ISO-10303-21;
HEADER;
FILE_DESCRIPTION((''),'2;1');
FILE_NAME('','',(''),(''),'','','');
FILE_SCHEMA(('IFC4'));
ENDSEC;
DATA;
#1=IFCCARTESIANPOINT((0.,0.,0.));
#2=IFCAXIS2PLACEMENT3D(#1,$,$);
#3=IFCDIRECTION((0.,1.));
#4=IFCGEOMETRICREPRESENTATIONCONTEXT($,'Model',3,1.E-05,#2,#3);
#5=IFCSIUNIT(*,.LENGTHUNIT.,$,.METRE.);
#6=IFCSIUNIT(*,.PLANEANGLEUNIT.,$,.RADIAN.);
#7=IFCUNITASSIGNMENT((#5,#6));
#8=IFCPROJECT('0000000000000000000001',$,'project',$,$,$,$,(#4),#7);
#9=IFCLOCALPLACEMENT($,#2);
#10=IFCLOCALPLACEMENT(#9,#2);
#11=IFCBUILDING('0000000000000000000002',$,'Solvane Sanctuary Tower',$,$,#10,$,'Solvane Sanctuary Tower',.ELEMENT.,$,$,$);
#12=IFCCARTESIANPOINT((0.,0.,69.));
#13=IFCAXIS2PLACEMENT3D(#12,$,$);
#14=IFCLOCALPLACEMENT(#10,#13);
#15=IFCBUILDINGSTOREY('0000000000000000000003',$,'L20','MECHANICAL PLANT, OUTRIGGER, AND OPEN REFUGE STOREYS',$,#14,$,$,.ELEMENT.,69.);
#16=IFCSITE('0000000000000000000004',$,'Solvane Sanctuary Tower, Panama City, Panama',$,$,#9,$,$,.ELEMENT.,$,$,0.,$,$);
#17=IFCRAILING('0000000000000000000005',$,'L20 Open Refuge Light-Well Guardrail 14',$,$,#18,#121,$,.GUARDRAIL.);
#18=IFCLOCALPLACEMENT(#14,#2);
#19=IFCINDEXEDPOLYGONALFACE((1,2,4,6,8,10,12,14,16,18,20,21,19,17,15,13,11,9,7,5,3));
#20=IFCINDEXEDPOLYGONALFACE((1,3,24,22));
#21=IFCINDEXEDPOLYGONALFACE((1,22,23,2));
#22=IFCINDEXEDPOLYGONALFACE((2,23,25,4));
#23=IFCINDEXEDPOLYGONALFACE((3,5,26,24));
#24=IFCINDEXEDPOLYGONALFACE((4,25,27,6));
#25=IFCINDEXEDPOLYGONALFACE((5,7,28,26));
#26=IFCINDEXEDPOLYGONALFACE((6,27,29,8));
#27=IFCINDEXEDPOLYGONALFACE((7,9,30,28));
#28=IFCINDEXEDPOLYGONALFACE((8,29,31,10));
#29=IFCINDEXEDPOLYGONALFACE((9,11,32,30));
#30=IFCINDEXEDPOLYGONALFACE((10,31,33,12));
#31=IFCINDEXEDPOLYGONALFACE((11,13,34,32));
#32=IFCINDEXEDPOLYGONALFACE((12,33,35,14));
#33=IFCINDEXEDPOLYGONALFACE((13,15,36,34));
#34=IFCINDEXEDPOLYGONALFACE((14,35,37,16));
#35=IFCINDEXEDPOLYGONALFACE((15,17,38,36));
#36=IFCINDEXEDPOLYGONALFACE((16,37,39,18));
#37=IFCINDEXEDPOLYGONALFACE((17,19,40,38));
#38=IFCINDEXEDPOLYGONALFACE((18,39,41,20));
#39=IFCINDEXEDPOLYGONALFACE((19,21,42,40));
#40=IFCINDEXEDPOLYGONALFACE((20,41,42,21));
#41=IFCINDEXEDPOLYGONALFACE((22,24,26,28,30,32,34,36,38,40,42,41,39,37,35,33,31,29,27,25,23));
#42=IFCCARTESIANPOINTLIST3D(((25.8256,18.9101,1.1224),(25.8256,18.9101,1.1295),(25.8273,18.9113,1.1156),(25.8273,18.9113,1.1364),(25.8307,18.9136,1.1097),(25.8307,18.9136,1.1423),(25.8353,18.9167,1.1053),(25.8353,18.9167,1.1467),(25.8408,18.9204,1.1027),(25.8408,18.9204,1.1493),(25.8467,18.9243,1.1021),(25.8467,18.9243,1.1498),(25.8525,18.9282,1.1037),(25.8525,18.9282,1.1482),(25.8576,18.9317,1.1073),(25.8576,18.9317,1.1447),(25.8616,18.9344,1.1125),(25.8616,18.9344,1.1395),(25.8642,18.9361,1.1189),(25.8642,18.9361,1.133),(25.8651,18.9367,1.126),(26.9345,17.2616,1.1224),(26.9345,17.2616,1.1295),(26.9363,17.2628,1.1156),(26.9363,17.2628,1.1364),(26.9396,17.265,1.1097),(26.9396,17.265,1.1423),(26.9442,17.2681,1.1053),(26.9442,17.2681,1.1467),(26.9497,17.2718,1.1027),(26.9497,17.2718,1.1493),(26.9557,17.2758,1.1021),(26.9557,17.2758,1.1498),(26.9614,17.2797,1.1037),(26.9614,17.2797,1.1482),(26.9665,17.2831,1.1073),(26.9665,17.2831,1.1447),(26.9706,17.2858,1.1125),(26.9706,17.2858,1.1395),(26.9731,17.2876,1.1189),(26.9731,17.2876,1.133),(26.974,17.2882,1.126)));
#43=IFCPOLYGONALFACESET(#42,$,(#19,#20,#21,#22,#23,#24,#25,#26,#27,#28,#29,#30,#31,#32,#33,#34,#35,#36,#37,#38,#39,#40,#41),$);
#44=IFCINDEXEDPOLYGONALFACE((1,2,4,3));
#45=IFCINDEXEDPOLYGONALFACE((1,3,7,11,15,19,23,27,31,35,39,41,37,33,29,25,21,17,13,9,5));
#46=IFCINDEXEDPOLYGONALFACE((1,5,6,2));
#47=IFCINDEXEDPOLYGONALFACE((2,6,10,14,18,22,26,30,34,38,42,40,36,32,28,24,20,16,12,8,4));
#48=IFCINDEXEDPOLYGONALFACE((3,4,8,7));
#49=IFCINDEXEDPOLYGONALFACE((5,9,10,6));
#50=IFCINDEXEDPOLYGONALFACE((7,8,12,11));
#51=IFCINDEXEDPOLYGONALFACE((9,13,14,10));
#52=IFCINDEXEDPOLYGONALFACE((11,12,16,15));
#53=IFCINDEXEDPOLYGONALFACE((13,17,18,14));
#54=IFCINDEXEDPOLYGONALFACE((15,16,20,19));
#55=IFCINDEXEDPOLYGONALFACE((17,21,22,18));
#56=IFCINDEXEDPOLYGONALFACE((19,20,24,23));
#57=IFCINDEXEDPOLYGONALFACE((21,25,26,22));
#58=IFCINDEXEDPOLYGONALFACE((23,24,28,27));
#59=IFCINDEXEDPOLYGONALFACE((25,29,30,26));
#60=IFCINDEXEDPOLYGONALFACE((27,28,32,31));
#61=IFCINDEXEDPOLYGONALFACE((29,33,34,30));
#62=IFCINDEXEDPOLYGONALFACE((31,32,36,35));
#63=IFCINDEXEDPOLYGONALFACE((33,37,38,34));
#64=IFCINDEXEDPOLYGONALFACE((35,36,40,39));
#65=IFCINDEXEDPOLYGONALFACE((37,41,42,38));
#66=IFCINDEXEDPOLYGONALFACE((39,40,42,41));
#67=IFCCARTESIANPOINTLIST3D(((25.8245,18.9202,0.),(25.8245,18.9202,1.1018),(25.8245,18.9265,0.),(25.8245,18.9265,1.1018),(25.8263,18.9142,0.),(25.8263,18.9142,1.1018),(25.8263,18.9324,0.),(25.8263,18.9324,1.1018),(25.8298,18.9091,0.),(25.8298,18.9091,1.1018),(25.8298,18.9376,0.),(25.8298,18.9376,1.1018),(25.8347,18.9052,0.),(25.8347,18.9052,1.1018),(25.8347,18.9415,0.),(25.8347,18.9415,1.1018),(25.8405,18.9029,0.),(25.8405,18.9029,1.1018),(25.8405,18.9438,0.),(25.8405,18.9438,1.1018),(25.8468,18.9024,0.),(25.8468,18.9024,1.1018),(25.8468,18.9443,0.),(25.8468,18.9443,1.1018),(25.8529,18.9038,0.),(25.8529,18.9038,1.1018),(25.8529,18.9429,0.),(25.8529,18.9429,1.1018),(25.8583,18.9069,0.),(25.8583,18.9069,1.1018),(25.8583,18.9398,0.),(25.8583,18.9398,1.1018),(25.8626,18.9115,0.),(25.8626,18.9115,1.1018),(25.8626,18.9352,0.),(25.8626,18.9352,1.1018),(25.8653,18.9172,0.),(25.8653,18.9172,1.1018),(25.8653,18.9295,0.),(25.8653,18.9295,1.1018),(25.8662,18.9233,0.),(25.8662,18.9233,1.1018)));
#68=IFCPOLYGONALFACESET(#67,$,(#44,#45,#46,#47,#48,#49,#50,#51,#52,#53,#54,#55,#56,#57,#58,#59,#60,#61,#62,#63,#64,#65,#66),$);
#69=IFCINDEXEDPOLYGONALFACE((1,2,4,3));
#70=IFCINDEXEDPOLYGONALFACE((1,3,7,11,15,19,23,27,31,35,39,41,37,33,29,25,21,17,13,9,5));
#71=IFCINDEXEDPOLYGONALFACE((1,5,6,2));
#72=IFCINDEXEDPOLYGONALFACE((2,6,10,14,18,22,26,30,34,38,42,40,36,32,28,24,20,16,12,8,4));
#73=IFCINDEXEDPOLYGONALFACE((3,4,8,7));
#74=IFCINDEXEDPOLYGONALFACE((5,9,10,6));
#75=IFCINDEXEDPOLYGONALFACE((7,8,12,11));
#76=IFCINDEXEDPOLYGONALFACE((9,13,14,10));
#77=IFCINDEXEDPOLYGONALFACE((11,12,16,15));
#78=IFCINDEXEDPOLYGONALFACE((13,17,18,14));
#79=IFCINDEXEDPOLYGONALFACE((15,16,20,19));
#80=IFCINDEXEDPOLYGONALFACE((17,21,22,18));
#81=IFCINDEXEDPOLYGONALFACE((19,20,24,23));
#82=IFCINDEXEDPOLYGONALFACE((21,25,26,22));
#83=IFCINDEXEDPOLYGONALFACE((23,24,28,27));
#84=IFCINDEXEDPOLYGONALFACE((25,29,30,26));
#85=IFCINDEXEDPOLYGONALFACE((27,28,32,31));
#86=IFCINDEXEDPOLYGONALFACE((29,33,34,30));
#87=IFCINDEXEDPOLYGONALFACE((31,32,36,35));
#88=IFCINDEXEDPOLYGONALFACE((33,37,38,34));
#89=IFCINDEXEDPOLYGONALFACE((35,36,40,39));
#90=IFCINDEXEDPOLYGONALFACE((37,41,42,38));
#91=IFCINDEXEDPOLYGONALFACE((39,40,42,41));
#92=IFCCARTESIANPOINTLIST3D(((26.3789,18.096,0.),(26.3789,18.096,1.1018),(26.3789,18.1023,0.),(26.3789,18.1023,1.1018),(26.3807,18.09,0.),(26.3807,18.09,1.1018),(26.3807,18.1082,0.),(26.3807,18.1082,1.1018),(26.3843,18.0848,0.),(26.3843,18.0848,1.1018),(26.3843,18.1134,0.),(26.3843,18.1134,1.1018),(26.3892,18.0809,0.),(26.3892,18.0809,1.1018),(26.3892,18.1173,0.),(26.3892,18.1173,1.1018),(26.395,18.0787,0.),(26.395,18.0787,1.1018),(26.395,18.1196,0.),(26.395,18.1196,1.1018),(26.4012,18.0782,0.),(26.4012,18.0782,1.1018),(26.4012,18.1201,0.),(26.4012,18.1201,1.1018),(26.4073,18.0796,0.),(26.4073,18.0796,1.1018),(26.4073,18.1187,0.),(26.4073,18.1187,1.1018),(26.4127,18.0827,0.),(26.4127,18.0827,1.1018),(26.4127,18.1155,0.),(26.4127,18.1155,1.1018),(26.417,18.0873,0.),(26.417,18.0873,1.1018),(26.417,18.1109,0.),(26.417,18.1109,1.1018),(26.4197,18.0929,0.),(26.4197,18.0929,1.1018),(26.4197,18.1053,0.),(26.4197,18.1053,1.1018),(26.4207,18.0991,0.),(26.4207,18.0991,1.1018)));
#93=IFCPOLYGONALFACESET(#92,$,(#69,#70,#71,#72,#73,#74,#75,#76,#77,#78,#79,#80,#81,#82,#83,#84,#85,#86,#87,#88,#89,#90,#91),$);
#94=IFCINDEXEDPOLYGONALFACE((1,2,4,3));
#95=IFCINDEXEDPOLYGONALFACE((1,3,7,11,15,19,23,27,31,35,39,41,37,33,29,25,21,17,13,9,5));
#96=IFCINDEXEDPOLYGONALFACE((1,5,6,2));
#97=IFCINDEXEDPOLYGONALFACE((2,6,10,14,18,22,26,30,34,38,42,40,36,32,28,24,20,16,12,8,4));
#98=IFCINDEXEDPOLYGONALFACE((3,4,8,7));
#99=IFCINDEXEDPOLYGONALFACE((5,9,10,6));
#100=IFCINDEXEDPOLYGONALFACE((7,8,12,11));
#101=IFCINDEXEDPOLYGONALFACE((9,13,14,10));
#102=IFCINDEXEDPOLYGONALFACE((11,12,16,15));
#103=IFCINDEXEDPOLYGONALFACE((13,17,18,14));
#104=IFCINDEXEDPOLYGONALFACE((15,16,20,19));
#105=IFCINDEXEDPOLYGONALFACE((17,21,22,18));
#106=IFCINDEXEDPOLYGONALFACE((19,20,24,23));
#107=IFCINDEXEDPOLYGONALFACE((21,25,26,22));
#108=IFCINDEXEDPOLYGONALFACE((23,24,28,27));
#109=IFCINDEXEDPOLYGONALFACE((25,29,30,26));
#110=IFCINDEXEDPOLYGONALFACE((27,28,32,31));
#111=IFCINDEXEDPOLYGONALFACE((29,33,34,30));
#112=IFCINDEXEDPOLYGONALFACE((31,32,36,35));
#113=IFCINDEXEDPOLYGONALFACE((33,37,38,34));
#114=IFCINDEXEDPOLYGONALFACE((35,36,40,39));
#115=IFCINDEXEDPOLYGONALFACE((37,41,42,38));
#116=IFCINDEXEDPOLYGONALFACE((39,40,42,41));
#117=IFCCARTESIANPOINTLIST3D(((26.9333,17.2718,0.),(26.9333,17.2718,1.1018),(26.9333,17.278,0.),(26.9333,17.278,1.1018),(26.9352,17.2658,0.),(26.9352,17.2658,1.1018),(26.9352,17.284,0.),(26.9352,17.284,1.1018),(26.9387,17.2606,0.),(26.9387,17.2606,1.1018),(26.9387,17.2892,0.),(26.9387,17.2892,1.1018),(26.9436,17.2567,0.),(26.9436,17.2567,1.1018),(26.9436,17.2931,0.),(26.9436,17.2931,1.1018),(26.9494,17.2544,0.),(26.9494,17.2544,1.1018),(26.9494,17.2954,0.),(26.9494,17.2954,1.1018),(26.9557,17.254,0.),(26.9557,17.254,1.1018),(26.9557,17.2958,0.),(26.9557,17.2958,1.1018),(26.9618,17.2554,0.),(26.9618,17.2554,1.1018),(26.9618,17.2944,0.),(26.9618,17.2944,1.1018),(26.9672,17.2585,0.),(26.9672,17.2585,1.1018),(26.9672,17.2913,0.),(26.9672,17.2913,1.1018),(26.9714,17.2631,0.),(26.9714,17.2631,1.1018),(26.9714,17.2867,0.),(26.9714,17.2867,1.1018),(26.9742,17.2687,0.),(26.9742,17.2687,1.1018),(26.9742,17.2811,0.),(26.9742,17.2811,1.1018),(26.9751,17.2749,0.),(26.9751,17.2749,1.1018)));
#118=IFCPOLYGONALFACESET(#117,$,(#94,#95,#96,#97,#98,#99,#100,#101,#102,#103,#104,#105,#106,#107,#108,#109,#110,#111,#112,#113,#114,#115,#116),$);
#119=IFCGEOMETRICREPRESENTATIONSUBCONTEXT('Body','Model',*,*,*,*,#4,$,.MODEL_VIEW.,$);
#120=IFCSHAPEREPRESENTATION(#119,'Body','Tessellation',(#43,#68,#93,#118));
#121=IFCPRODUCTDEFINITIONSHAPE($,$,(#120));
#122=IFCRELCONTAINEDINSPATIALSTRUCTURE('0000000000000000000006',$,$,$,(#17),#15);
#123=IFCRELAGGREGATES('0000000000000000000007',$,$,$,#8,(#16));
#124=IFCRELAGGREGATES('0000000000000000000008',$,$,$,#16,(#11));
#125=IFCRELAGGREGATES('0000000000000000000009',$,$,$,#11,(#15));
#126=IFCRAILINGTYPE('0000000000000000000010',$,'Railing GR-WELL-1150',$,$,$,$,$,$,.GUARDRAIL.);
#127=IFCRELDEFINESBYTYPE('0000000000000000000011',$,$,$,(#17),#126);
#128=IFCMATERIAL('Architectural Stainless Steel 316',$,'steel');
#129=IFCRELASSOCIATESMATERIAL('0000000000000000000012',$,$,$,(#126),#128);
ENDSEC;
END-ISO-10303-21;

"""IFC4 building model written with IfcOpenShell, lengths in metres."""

from ifc_helpers import new_model, si_unit, direction, frame, origin, origin_2d, place, context, subcontext, project, spatial, circle, extrude, material, type_object, element, save


model = new_model("IFC4")

# Units and contexts
model_context = context("Model", 3, precision=1e-05, world=origin(), true_north=direction((0.0, 1.0)))
body_context = subcontext(model_context, "Body", "Model", "MODEL_VIEW")
ifc_project = project(units=[si_unit("LENGTHUNIT", "METRE"), si_unit("PLANEANGLEUNIT", "RADIAN")], contexts=[model_context])

# Site, building, storey
site_placement = place(None, origin())
site = spatial("IfcSite", under=ifc_project, at=site_placement, Name="Solvane Sanctuary Tower, Panama City, Panama", CompositionType="ELEMENT", RefElevation=0.0)
building_placement = place(site_placement, origin())
building = spatial("IfcBuilding", under=site, at=building_placement, Name="Solvane Sanctuary Tower", LongName="Solvane Sanctuary Tower", CompositionType="ELEMENT")
storey_placement = place(building_placement, frame((0.0, 0.0, 69.0)))
storey = spatial("IfcBuildingStorey", under=building, at=storey_placement, Name="L20", Description="MECHANICAL PLANT, OUTRIGGER, AND OPEN REFUGE STOREYS", CompositionType="ELEMENT", Elevation=69.0)

# Shared definitions
ifc_material_1 = material(Name="Architectural Stainless Steel 316", Category="steel")

# Railing
railing_type_1 = type_object("IfcRailingType", Name="Railing GR-WELL-1150", PredefinedType="GUARDRAIL", material=ifc_material_1)
railing_1_placement = place(storey_placement, frame((25.8452, 18.9233, 0.0)))
element("IfcRailing", 1, at=railing_1_placement, inside=storey, type_object=railing_type_1, Name="L20 Open Refuge Light-Well Guardrail 14", PredefinedType="GUARDRAIL", context=body_context, shape_type="SweptSolid", body=[
    extrude(circle(Radius=0.0239, at=origin_2d()), frame((0.0, 0.0, 1.126), z_axis=(0.558155, -0.829737, 0.0), x_axis=(0.829737, 0.558155, 0.0)), (0.0, 0.0, 1.0), 1.9868),
    extrude(circle(Radius=0.021, at=origin_2d()), origin(), (0.0, 0.0, 1.0), 1.1018),
    extrude(circle(Radius=0.021, at=origin_2d()), frame((0.5544, -0.8242, 0.0)), (0.0, 0.0, 1.0), 1.1018),
    extrude(circle(Radius=0.021, at=origin_2d()), frame((1.1089, -1.6484, 0.0)), (0.0, 0.0, 1.0), 1.1018),
])

save(model, "model.ifc")
